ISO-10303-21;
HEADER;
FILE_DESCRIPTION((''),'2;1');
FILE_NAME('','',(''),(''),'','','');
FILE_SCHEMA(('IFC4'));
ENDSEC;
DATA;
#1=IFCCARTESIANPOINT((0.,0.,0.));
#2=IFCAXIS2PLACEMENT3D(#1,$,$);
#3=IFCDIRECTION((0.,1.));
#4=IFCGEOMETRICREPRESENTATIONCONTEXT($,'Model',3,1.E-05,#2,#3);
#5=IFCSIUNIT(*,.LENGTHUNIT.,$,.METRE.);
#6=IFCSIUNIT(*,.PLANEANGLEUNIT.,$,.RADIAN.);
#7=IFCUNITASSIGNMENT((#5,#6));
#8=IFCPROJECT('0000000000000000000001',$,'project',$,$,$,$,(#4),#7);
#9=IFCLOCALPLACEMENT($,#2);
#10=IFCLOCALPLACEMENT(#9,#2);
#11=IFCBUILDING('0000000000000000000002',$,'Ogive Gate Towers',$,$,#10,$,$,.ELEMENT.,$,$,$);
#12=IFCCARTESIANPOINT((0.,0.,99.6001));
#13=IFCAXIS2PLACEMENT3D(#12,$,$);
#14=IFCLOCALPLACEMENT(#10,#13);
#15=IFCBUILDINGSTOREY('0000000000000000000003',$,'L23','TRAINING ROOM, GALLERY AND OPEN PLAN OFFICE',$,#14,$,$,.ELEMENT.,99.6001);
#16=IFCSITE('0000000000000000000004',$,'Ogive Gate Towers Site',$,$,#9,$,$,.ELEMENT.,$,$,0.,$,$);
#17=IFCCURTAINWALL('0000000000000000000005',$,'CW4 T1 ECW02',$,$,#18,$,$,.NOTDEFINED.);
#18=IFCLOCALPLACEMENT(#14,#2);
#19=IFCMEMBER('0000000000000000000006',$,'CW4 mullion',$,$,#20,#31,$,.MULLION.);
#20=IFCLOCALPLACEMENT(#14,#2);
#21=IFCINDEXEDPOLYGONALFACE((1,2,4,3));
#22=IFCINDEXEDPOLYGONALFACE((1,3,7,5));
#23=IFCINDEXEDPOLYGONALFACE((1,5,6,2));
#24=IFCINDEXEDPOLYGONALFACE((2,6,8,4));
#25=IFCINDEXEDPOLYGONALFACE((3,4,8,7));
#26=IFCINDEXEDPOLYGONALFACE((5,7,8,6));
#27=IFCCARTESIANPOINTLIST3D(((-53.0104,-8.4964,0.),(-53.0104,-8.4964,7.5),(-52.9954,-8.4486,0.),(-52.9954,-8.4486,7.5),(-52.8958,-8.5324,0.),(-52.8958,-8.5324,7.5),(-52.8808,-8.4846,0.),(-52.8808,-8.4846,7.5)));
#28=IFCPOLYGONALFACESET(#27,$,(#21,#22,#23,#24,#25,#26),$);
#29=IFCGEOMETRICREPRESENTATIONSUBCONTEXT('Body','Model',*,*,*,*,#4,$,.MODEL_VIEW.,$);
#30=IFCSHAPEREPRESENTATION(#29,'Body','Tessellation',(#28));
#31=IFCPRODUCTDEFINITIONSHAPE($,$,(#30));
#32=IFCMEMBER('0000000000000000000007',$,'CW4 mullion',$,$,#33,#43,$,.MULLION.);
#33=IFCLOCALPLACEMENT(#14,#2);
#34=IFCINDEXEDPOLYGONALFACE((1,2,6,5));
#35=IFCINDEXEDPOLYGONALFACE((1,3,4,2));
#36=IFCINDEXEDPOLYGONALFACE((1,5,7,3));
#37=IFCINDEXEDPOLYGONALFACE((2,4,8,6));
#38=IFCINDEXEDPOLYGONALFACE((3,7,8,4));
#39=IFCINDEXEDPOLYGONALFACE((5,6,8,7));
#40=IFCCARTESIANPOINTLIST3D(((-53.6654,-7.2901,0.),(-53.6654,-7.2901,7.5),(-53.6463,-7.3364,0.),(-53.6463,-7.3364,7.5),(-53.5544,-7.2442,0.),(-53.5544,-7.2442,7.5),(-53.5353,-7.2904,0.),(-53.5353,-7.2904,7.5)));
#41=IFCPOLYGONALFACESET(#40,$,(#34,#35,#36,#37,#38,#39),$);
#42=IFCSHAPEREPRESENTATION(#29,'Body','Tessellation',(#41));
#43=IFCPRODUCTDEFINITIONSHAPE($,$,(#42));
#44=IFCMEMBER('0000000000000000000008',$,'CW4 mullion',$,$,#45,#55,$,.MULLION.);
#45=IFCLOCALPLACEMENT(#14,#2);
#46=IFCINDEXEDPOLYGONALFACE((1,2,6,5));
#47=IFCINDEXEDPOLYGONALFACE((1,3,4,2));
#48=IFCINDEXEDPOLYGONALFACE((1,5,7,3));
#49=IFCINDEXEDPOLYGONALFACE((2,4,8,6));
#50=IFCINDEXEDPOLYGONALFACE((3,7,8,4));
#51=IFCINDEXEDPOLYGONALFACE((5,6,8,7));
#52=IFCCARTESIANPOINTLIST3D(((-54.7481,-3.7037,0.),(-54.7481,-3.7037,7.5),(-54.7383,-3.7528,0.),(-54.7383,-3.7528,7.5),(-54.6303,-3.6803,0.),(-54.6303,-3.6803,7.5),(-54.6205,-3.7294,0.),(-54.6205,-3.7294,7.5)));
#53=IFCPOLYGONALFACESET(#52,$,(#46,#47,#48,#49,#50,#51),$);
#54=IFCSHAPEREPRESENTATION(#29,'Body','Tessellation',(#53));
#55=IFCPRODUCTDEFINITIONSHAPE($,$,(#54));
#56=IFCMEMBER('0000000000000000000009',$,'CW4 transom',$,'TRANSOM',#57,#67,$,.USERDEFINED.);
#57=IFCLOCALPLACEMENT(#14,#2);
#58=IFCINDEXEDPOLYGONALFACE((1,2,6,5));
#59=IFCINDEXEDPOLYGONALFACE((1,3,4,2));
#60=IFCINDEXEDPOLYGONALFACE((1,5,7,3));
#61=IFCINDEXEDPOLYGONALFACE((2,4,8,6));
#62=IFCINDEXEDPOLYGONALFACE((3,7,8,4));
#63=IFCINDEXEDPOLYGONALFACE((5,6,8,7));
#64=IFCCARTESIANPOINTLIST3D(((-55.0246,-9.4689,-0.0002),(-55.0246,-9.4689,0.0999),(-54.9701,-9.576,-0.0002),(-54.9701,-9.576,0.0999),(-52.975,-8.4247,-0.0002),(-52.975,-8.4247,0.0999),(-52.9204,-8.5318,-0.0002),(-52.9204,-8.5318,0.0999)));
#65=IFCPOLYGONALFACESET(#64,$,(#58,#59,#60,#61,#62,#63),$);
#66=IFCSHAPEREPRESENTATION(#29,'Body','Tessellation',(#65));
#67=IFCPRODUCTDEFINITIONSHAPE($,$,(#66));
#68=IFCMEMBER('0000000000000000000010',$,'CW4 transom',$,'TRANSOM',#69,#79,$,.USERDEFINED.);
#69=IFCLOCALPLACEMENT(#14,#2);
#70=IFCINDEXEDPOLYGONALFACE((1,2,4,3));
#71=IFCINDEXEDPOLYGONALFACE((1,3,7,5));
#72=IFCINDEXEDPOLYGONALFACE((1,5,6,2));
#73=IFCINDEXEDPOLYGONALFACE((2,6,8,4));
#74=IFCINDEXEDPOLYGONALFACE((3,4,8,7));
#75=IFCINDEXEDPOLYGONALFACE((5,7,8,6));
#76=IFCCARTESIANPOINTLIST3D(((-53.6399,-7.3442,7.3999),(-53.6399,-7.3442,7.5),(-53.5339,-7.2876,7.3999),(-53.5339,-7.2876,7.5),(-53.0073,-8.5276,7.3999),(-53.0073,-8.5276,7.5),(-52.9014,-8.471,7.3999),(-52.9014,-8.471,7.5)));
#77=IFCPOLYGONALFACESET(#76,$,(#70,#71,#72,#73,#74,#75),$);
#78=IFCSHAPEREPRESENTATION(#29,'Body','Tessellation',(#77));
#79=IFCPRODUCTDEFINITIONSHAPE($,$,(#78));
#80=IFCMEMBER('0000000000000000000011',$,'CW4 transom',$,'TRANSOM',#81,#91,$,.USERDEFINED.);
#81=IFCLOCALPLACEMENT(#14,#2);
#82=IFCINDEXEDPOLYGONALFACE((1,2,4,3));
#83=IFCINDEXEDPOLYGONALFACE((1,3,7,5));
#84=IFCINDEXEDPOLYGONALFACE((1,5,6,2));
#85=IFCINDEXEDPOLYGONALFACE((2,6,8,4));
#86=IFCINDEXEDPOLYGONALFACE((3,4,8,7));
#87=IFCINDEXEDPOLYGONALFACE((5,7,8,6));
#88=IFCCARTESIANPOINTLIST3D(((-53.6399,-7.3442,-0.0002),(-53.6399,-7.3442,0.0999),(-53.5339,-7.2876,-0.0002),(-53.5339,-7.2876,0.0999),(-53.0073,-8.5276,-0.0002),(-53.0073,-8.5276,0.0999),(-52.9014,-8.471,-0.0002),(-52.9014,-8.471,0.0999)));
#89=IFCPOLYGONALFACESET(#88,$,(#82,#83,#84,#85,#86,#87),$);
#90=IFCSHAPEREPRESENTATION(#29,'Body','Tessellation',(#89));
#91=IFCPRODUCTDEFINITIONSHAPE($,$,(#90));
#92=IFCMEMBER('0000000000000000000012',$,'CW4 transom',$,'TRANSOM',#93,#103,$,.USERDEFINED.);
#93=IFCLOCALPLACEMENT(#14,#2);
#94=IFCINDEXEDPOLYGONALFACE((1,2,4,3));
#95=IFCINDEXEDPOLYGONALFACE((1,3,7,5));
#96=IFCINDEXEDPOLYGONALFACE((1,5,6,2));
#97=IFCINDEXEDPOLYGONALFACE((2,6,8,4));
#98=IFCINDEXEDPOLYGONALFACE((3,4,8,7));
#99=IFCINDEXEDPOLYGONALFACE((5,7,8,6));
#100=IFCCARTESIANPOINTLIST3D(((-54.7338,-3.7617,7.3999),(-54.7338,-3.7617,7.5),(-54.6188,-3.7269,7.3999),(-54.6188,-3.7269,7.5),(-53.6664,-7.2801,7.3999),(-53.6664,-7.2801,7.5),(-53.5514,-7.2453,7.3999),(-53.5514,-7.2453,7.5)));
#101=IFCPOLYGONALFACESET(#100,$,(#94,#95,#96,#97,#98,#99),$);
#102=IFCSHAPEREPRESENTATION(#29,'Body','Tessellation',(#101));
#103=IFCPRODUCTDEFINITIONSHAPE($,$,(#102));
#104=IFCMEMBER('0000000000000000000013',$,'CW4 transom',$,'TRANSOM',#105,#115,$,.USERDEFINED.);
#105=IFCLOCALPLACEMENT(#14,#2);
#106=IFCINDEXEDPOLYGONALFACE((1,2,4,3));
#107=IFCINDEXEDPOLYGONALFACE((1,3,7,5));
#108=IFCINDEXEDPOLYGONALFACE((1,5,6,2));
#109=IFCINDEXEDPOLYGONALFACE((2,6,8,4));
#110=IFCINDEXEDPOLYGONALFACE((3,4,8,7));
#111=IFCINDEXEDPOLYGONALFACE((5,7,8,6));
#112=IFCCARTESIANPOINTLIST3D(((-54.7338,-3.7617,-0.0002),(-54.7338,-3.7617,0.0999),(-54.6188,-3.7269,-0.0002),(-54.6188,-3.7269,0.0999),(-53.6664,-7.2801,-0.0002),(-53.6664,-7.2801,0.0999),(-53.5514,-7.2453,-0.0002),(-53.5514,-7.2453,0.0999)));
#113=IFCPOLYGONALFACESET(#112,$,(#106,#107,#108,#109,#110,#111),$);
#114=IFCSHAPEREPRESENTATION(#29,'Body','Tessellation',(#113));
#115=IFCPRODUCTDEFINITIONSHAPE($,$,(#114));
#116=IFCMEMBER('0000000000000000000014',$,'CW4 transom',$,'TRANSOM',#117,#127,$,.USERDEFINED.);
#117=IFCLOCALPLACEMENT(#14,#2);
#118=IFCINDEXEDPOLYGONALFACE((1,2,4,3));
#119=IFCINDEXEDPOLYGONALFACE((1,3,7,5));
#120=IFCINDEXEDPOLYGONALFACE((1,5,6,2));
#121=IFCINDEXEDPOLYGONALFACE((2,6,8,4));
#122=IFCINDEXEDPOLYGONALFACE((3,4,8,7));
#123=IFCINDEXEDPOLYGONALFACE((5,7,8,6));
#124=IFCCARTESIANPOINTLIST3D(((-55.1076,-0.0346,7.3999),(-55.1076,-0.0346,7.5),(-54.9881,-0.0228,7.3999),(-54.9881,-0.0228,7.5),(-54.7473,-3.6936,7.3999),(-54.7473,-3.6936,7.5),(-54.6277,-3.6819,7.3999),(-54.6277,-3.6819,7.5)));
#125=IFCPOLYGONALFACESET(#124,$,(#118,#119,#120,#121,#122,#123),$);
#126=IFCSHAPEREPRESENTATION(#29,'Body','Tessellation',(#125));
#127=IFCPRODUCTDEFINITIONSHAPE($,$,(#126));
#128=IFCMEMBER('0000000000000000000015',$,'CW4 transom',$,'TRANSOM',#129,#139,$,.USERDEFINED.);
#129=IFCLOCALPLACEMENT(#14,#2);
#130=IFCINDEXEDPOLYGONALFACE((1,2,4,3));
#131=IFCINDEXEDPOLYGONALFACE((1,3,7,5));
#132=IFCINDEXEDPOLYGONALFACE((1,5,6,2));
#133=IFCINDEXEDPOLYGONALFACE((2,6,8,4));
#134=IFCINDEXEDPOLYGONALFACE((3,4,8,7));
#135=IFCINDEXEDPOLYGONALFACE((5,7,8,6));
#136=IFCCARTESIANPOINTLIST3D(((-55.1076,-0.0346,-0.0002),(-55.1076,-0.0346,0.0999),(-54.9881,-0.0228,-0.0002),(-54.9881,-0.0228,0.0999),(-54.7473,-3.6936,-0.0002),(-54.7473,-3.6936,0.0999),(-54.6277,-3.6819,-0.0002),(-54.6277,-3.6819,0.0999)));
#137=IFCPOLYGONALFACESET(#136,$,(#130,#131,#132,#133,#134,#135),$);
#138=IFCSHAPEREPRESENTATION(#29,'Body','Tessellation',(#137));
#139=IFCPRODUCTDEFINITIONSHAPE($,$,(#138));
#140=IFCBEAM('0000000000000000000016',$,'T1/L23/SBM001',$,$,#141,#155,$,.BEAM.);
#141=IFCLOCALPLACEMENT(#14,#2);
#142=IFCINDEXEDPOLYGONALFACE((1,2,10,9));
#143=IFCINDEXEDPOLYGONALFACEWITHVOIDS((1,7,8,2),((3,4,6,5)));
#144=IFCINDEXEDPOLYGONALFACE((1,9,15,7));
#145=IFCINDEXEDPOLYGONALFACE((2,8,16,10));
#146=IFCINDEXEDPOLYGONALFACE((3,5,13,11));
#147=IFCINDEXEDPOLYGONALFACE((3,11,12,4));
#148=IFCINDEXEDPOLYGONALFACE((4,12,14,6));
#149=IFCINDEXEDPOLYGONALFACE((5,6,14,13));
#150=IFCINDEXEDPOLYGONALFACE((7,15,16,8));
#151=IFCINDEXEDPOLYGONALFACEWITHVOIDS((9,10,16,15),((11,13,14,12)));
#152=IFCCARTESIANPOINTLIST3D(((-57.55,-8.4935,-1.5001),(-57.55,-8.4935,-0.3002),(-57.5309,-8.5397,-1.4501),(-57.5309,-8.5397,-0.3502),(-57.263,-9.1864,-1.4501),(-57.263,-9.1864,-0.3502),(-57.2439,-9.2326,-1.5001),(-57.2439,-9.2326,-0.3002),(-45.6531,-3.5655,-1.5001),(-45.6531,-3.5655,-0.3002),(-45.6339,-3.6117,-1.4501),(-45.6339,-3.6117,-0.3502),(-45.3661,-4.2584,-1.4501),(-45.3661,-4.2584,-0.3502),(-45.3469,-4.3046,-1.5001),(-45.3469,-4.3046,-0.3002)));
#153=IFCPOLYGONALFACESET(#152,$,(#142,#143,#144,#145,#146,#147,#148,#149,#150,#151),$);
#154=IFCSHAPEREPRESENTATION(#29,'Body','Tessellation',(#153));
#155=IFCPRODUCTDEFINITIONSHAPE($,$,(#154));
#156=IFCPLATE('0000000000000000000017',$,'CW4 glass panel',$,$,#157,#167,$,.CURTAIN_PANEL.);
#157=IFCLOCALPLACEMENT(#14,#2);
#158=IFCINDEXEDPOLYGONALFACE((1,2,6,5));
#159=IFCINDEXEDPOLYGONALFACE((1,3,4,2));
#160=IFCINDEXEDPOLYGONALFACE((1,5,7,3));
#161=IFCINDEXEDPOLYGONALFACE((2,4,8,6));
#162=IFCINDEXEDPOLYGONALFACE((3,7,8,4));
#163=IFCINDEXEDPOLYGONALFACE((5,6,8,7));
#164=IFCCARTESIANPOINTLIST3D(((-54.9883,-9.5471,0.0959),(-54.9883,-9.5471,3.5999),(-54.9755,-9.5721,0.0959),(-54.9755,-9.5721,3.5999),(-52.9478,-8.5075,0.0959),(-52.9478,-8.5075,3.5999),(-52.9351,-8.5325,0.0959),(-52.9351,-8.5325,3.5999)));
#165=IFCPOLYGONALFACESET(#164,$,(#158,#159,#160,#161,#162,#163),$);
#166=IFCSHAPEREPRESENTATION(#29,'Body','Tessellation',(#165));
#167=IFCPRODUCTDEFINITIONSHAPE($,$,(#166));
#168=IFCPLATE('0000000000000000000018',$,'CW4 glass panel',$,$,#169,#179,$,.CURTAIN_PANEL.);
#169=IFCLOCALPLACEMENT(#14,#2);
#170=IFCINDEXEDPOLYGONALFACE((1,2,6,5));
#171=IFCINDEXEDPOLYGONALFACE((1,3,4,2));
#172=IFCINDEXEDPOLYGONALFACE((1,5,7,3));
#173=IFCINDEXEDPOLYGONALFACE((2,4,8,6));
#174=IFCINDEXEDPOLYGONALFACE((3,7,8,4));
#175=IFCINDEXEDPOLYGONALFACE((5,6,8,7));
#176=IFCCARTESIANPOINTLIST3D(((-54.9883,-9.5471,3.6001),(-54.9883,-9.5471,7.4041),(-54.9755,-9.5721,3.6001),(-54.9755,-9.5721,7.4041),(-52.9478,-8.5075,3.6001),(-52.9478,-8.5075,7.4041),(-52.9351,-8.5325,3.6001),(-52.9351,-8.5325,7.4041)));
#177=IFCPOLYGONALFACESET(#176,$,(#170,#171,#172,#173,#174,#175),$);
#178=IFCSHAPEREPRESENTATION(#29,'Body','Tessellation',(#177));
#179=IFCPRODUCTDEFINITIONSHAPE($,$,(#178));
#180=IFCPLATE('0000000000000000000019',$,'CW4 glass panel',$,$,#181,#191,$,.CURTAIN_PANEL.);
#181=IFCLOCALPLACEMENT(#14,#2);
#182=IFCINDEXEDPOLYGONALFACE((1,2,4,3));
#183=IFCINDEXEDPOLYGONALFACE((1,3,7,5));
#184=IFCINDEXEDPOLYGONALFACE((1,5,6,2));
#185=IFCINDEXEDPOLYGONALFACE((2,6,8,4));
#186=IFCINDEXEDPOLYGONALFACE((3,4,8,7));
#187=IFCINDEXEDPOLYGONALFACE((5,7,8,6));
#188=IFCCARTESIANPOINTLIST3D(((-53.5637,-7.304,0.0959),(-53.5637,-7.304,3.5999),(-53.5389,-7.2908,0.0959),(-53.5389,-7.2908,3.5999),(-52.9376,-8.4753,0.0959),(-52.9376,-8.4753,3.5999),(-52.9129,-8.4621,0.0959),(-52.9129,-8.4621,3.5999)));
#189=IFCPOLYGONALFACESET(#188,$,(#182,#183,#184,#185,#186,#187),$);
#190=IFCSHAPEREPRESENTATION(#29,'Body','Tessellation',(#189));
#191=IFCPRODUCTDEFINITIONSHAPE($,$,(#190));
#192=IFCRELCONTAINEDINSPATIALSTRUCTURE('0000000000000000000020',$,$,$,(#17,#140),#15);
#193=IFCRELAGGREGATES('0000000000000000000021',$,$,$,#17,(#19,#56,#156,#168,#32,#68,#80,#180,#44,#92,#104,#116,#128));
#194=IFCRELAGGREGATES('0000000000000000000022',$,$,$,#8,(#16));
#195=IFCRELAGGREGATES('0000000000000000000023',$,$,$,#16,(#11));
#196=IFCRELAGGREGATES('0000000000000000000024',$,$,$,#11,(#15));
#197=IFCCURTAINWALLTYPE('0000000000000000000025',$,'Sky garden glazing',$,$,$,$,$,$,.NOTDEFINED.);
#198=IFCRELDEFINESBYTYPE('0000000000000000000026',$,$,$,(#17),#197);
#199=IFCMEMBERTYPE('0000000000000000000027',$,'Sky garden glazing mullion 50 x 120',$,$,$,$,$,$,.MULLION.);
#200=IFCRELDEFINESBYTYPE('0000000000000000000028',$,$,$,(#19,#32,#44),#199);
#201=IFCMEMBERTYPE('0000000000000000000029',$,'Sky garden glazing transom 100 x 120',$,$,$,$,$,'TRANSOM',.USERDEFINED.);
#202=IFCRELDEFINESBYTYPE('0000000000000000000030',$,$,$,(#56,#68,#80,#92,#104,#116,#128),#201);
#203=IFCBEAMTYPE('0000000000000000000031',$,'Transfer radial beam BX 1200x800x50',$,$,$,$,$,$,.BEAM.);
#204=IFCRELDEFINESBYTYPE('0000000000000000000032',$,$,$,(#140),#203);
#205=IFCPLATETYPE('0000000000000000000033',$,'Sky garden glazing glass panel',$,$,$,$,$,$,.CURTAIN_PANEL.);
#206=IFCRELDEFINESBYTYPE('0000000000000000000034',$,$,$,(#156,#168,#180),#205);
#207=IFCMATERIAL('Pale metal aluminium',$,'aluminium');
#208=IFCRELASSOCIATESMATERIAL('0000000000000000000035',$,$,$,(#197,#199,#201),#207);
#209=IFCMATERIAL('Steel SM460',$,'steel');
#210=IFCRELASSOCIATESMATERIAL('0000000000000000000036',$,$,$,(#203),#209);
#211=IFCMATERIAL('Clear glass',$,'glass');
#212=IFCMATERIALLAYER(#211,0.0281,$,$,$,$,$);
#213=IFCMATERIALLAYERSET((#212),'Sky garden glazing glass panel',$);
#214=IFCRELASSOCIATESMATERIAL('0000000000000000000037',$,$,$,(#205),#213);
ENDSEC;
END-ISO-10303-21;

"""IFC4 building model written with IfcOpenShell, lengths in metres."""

from ifc_helpers import new_model, si_unit, direction, frame, origin, origin_2d, place, context, subcontext, project, spatial, rectangle, hollow_rectangle, extrude, material, layer, layer_set, material_profile, profile_set, type_object, element, aggregate, save


model = new_model("IFC4")

# Units and contexts
model_context = context("Model", 3, precision=1e-05, world=origin(), true_north=direction((0.0, 1.0)))
body_context = subcontext(model_context, "Body", "Model", "MODEL_VIEW")
ifc_project = project(units=[si_unit("LENGTHUNIT", "METRE"), si_unit("PLANEANGLEUNIT", "RADIAN")], contexts=[model_context])

# Site, building, storey
site_placement = place(None, origin())
site = spatial("IfcSite", under=ifc_project, at=site_placement, Name="Ogive Gate Towers Site", CompositionType="ELEMENT", RefElevation=0.0)
building_placement = place(site_placement, origin())
building = spatial("IfcBuilding", under=site, at=building_placement, Name="Ogive Gate Towers", CompositionType="ELEMENT")
storey_placement = place(building_placement, frame((0.0, 0.0, 99.6001)))
storey = spatial("IfcBuildingStorey", under=building, at=storey_placement, Name="L23", Description="TRAINING ROOM, GALLERY AND OPEN PLAN OFFICE", CompositionType="ELEMENT", Elevation=99.6001)

# Curtain wall, members
ifc_material_1 = material(Name="Pale metal aluminium", Category="aluminium")
curtain_wall_type = type_object("IfcCurtainWallType", Name="Sky garden glazing", PredefinedType="NOTDEFINED", material=ifc_material_1)
curtain_wall_placement = place(storey_placement, origin())
curtain_wall = element("IfcCurtainWall", 1, at=curtain_wall_placement, inside=storey, type_object=curtain_wall_type, Name="CW4 T1 ECW02", PredefinedType="NOTDEFINED")
ifc_material_profile_1 = material_profile(ifc_material_1, rectangle(XDim=0.1201, YDim=0.05, at=origin_2d()), Name="50 x 120 aluminium box")
ifc_profile_set_1 = profile_set([ifc_material_profile_1], Name="Pale metal aluminium")
member_type_1 = type_object("IfcMemberType", Name="Sky garden glazing mullion 50 x 120", PredefinedType="MULLION", material=ifc_profile_set_1)
member_1_placement = place(storey_placement, frame((-52.9456, -8.4905, 0.0), z_axis=(0.0, 0.0, 1.0), x_axis=(0.954042, -0.299674, 0.0)))
member_1 = element("IfcMember", 2, at=member_1_placement, type_object=member_type_1, Name="CW4 mullion", PredefinedType="MULLION", context=body_context, shape_type="SweptSolid", body=[
    extrude(rectangle(XDim=0.1201, YDim=0.05, at=origin_2d()), origin(), (0.0, 0.0, 1.0), 7.5),
])
member_2_placement = place(storey_placement, frame((-53.6003, -7.2903, 0.0), z_axis=(0.0, 0.0, 1.0), x_axis=(0.92388, 0.382683, 0.0)))
member_2 = element("IfcMember", 3, at=member_2_placement, type_object=member_type_1, Name="CW4 mullion", PredefinedType="MULLION", context=body_context, shape_type="SweptSolid", body=[
    extrude(rectangle(XDim=0.1201, YDim=0.05, at=origin_2d()), origin(), (0.0, 0.0, 1.0), 7.5),
])
member_3_placement = place(storey_placement, frame((-54.6843, -3.7166, 0.0), z_axis=(0.0, 0.0, 1.0), x_axis=(0.980785, 0.19509, 0.0)))
member_3 = element("IfcMember", 4, at=member_3_placement, type_object=member_type_1, Name="CW4 mullion", PredefinedType="MULLION", context=body_context, shape_type="SweptSolid", body=[
    extrude(rectangle(XDim=0.1201, YDim=0.05, at=origin_2d()), origin(), (0.0, 0.0, 1.0), 7.5),
])
ifc_material_profile_2 = material_profile(ifc_material_1, rectangle(XDim=0.1201, YDim=0.1001, at=origin_2d()), Name="100 x 120 aluminium box")
ifc_profile_set_2 = profile_set([ifc_material_profile_2], Name="Pale metal aluminium")
member_type_2 = type_object("IfcMemberType", Name="Sky garden glazing transom 100 x 120", ElementType="TRANSOM", PredefinedType="USERDEFINED", material=ifc_profile_set_2)
member_4_placement = place(storey_placement, frame((-54.9973, -9.5225, 0.0498), z_axis=(0.891027, 0.453951, 0.0), x_axis=(-0.453951, 0.891027, 0.0)))
member_4 = element("IfcMember", 5, at=member_4_placement, type_object=member_type_2, Name="CW4 transom", ObjectType="TRANSOM", PredefinedType="USERDEFINED", context=body_context, shape_type="SweptSolid", body=[
    extrude(rectangle(XDim=0.1201, YDim=0.1001, at=origin_2d()), origin(), (0.0, 0.0, 1.0), 2.3003),
])
member_5_placement = place(storey_placement, frame((-52.9543, -8.4993, 7.45), z_axis=(-0.471429, 0.881904, 0.0), x_axis=(-0.881904, -0.471429, 0.0)))
member_5 = element("IfcMember", 6, at=member_5_placement, type_object=member_type_2, Name="CW4 transom", ObjectType="TRANSOM", PredefinedType="USERDEFINED", context=body_context, shape_type="SweptSolid", body=[
    extrude(rectangle(XDim=0.1201, YDim=0.1001, at=origin_2d()), origin(), (0.0, 0.0, 1.0), 1.3418),
])
member_6_placement = place(storey_placement, frame((-52.9543, -8.4993, 0.0498), z_axis=(-0.471429, 0.881904, 0.0), x_axis=(-0.881904, -0.471429, 0.0)))
member_6 = element("IfcMember", 7, at=member_6_placement, type_object=member_type_2, Name="CW4 transom", ObjectType="TRANSOM", PredefinedType="USERDEFINED", context=body_context, shape_type="SweptSolid", body=[
    extrude(rectangle(XDim=0.1201, YDim=0.1001, at=origin_2d()), origin(), (0.0, 0.0, 1.0), 1.3418),
])
member_7_placement = place(storey_placement, frame((-53.6089, -7.2627, 7.45), z_axis=(-0.290313, 0.956932, 0.0), x_axis=(-0.956932, -0.290313, 0.0)))
member_7 = element("IfcMember", 8, at=member_7_placement, type_object=member_type_2, Name="CW4 transom", ObjectType="TRANSOM", PredefinedType="USERDEFINED", context=body_context, shape_type="SweptSolid", body=[
    extrude(rectangle(XDim=0.1201, YDim=0.1001, at=origin_2d()), origin(), (0.0, 0.0, 1.0), 3.6768),
])
member_8_placement = place(storey_placement, frame((-53.6089, -7.2627, 0.0498), z_axis=(-0.290313, 0.956932, 0.0), x_axis=(-0.956932, -0.290313, 0.0)))
member_8 = element("IfcMember", 9, at=member_8_placement, type_object=member_type_2, Name="CW4 transom", ObjectType="TRANSOM", PredefinedType="USERDEFINED", context=body_context, shape_type="SweptSolid", body=[
    extrude(rectangle(XDim=0.1201, YDim=0.1001, at=origin_2d()), origin(), (0.0, 0.0, 1.0), 3.6768),
])
member_9_placement = place(storey_placement, frame((-54.6875, -3.6877, 7.45), z_axis=(-0.098011, 0.995185, 0.0), x_axis=(-0.995185, -0.098011, 0.0)))
member_9 = element("IfcMember", 10, at=member_9_placement, type_object=member_type_2, Name="CW4 transom", ObjectType="TRANSOM", PredefinedType="USERDEFINED", context=body_context, shape_type="SweptSolid", body=[
    extrude(rectangle(XDim=0.1201, YDim=0.1001, at=origin_2d()), origin(), (0.0, 0.0, 1.0), 3.6768),
])
member_10_placement = place(storey_placement, frame((-54.6875, -3.6877, 0.0498), z_axis=(-0.098011, 0.995185, 0.0), x_axis=(-0.995185, -0.098011, 0.0)))
member_10 = element("IfcMember", 11, at=member_10_placement, type_object=member_type_2, Name="CW4 transom", ObjectType="TRANSOM", PredefinedType="USERDEFINED", context=body_context, shape_type="SweptSolid", body=[
    extrude(rectangle(XDim=0.1201, YDim=0.1001, at=origin_2d()), origin(), (0.0, 0.0, 1.0), 3.6768),
])

# Beam
ifc_material_2 = material(Name="Steel SM460", Category="steel")
ifc_material_profile_3 = material_profile(ifc_material_2, hollow_rectangle(XDim=0.8, YDim=1.2, WallThickness=0.05, at=origin_2d()), Name="BX 1200x800x50")
ifc_profile_set_3 = profile_set([ifc_material_profile_3], Name="Steel SM460")
beam_type = type_object("IfcBeamType", Name="Transfer radial beam BX 1200x800x50", PredefinedType="BEAM", material=ifc_profile_set_3)
beam_placement = place(storey_placement, frame((-45.5, -3.9351, -0.9001), z_axis=(-0.923877, -0.382689, 0.0), x_axis=(0.382689, -0.923877, 0.0)))
element("IfcBeam", 12, at=beam_placement, inside=storey, type_object=beam_type, Name="T1/L23/SBM001", PredefinedType="BEAM", context=body_context, shape_type="SweptSolid", body=[
    extrude(hollow_rectangle(XDim=0.8, YDim=1.2, WallThickness=0.05, at=origin_2d()), origin(), (0.0, 0.0, 1.0), 12.8772),
])

# Plates
ifc_material_3 = material(Name="Clear glass", Category="glass")
ifc_layer_1 = layer(ifc_material_3, 0.0281)
ifc_layer_set_1 = layer_set([ifc_layer_1], Name="Sky garden glazing glass panel")
plate_type = type_object("IfcPlateType", Name="Sky garden glazing glass panel", PredefinedType="CURTAIN_PANEL", material=ifc_layer_set_1)
plate_1_placement = place(storey_placement, frame((-53.9617, -9.0398, 0.0959), z_axis=(0.0, 0.0, 1.0), x_axis=(0.891014, 0.453975, 0.0)))
plate_1 = element("IfcPlate", 13, at=plate_1_placement, type_object=plate_type, Name="CW4 glass panel", PredefinedType="CURTAIN_PANEL", context=body_context, shape_type="SweptSolid", body=[
    extrude(rectangle(XDim=2.29, YDim=0.0281, at=origin_2d()), origin(), (0.0, 0.0, 1.0), 3.5039),
])
plate_2_placement = place(storey_placement, frame((-53.9617, -9.0398, 3.6001), z_axis=(0.0, 0.0, 1.0), x_axis=(0.891014, 0.453975, 0.0)))
plate_2 = element("IfcPlate", 14, at=plate_2_placement, type_object=plate_type, Name="CW4 glass panel", PredefinedType="CURTAIN_PANEL", context=body_context, shape_type="SweptSolid", body=[
    extrude(rectangle(XDim=2.29, YDim=0.0281, at=origin_2d()), origin(), (0.0, 0.0, 1.0), 3.804),
])
plate_3_placement = place(storey_placement, frame((-53.2383, -7.8831, 0.0959), z_axis=(0.0, 0.0, 1.0), x_axis=(-0.471397, 0.881921, 0.0)))
plate_3 = element("IfcPlate", 15, at=plate_3_placement, type_object=plate_type, Name="CW4 glass panel", PredefinedType="CURTAIN_PANEL", context=body_context, shape_type="SweptSolid", body=[
    extrude(rectangle(XDim=1.3281, YDim=0.0281, at=origin_2d()), origin(), (0.0, 0.0, 1.0), 3.5039),
])
aggregate(curtain_wall, [member_1, member_4, plate_1, plate_2, member_2, member_5, member_6, plate_3, member_3, member_7, member_8, member_9, member_10])

save(model, "model.ifc")
